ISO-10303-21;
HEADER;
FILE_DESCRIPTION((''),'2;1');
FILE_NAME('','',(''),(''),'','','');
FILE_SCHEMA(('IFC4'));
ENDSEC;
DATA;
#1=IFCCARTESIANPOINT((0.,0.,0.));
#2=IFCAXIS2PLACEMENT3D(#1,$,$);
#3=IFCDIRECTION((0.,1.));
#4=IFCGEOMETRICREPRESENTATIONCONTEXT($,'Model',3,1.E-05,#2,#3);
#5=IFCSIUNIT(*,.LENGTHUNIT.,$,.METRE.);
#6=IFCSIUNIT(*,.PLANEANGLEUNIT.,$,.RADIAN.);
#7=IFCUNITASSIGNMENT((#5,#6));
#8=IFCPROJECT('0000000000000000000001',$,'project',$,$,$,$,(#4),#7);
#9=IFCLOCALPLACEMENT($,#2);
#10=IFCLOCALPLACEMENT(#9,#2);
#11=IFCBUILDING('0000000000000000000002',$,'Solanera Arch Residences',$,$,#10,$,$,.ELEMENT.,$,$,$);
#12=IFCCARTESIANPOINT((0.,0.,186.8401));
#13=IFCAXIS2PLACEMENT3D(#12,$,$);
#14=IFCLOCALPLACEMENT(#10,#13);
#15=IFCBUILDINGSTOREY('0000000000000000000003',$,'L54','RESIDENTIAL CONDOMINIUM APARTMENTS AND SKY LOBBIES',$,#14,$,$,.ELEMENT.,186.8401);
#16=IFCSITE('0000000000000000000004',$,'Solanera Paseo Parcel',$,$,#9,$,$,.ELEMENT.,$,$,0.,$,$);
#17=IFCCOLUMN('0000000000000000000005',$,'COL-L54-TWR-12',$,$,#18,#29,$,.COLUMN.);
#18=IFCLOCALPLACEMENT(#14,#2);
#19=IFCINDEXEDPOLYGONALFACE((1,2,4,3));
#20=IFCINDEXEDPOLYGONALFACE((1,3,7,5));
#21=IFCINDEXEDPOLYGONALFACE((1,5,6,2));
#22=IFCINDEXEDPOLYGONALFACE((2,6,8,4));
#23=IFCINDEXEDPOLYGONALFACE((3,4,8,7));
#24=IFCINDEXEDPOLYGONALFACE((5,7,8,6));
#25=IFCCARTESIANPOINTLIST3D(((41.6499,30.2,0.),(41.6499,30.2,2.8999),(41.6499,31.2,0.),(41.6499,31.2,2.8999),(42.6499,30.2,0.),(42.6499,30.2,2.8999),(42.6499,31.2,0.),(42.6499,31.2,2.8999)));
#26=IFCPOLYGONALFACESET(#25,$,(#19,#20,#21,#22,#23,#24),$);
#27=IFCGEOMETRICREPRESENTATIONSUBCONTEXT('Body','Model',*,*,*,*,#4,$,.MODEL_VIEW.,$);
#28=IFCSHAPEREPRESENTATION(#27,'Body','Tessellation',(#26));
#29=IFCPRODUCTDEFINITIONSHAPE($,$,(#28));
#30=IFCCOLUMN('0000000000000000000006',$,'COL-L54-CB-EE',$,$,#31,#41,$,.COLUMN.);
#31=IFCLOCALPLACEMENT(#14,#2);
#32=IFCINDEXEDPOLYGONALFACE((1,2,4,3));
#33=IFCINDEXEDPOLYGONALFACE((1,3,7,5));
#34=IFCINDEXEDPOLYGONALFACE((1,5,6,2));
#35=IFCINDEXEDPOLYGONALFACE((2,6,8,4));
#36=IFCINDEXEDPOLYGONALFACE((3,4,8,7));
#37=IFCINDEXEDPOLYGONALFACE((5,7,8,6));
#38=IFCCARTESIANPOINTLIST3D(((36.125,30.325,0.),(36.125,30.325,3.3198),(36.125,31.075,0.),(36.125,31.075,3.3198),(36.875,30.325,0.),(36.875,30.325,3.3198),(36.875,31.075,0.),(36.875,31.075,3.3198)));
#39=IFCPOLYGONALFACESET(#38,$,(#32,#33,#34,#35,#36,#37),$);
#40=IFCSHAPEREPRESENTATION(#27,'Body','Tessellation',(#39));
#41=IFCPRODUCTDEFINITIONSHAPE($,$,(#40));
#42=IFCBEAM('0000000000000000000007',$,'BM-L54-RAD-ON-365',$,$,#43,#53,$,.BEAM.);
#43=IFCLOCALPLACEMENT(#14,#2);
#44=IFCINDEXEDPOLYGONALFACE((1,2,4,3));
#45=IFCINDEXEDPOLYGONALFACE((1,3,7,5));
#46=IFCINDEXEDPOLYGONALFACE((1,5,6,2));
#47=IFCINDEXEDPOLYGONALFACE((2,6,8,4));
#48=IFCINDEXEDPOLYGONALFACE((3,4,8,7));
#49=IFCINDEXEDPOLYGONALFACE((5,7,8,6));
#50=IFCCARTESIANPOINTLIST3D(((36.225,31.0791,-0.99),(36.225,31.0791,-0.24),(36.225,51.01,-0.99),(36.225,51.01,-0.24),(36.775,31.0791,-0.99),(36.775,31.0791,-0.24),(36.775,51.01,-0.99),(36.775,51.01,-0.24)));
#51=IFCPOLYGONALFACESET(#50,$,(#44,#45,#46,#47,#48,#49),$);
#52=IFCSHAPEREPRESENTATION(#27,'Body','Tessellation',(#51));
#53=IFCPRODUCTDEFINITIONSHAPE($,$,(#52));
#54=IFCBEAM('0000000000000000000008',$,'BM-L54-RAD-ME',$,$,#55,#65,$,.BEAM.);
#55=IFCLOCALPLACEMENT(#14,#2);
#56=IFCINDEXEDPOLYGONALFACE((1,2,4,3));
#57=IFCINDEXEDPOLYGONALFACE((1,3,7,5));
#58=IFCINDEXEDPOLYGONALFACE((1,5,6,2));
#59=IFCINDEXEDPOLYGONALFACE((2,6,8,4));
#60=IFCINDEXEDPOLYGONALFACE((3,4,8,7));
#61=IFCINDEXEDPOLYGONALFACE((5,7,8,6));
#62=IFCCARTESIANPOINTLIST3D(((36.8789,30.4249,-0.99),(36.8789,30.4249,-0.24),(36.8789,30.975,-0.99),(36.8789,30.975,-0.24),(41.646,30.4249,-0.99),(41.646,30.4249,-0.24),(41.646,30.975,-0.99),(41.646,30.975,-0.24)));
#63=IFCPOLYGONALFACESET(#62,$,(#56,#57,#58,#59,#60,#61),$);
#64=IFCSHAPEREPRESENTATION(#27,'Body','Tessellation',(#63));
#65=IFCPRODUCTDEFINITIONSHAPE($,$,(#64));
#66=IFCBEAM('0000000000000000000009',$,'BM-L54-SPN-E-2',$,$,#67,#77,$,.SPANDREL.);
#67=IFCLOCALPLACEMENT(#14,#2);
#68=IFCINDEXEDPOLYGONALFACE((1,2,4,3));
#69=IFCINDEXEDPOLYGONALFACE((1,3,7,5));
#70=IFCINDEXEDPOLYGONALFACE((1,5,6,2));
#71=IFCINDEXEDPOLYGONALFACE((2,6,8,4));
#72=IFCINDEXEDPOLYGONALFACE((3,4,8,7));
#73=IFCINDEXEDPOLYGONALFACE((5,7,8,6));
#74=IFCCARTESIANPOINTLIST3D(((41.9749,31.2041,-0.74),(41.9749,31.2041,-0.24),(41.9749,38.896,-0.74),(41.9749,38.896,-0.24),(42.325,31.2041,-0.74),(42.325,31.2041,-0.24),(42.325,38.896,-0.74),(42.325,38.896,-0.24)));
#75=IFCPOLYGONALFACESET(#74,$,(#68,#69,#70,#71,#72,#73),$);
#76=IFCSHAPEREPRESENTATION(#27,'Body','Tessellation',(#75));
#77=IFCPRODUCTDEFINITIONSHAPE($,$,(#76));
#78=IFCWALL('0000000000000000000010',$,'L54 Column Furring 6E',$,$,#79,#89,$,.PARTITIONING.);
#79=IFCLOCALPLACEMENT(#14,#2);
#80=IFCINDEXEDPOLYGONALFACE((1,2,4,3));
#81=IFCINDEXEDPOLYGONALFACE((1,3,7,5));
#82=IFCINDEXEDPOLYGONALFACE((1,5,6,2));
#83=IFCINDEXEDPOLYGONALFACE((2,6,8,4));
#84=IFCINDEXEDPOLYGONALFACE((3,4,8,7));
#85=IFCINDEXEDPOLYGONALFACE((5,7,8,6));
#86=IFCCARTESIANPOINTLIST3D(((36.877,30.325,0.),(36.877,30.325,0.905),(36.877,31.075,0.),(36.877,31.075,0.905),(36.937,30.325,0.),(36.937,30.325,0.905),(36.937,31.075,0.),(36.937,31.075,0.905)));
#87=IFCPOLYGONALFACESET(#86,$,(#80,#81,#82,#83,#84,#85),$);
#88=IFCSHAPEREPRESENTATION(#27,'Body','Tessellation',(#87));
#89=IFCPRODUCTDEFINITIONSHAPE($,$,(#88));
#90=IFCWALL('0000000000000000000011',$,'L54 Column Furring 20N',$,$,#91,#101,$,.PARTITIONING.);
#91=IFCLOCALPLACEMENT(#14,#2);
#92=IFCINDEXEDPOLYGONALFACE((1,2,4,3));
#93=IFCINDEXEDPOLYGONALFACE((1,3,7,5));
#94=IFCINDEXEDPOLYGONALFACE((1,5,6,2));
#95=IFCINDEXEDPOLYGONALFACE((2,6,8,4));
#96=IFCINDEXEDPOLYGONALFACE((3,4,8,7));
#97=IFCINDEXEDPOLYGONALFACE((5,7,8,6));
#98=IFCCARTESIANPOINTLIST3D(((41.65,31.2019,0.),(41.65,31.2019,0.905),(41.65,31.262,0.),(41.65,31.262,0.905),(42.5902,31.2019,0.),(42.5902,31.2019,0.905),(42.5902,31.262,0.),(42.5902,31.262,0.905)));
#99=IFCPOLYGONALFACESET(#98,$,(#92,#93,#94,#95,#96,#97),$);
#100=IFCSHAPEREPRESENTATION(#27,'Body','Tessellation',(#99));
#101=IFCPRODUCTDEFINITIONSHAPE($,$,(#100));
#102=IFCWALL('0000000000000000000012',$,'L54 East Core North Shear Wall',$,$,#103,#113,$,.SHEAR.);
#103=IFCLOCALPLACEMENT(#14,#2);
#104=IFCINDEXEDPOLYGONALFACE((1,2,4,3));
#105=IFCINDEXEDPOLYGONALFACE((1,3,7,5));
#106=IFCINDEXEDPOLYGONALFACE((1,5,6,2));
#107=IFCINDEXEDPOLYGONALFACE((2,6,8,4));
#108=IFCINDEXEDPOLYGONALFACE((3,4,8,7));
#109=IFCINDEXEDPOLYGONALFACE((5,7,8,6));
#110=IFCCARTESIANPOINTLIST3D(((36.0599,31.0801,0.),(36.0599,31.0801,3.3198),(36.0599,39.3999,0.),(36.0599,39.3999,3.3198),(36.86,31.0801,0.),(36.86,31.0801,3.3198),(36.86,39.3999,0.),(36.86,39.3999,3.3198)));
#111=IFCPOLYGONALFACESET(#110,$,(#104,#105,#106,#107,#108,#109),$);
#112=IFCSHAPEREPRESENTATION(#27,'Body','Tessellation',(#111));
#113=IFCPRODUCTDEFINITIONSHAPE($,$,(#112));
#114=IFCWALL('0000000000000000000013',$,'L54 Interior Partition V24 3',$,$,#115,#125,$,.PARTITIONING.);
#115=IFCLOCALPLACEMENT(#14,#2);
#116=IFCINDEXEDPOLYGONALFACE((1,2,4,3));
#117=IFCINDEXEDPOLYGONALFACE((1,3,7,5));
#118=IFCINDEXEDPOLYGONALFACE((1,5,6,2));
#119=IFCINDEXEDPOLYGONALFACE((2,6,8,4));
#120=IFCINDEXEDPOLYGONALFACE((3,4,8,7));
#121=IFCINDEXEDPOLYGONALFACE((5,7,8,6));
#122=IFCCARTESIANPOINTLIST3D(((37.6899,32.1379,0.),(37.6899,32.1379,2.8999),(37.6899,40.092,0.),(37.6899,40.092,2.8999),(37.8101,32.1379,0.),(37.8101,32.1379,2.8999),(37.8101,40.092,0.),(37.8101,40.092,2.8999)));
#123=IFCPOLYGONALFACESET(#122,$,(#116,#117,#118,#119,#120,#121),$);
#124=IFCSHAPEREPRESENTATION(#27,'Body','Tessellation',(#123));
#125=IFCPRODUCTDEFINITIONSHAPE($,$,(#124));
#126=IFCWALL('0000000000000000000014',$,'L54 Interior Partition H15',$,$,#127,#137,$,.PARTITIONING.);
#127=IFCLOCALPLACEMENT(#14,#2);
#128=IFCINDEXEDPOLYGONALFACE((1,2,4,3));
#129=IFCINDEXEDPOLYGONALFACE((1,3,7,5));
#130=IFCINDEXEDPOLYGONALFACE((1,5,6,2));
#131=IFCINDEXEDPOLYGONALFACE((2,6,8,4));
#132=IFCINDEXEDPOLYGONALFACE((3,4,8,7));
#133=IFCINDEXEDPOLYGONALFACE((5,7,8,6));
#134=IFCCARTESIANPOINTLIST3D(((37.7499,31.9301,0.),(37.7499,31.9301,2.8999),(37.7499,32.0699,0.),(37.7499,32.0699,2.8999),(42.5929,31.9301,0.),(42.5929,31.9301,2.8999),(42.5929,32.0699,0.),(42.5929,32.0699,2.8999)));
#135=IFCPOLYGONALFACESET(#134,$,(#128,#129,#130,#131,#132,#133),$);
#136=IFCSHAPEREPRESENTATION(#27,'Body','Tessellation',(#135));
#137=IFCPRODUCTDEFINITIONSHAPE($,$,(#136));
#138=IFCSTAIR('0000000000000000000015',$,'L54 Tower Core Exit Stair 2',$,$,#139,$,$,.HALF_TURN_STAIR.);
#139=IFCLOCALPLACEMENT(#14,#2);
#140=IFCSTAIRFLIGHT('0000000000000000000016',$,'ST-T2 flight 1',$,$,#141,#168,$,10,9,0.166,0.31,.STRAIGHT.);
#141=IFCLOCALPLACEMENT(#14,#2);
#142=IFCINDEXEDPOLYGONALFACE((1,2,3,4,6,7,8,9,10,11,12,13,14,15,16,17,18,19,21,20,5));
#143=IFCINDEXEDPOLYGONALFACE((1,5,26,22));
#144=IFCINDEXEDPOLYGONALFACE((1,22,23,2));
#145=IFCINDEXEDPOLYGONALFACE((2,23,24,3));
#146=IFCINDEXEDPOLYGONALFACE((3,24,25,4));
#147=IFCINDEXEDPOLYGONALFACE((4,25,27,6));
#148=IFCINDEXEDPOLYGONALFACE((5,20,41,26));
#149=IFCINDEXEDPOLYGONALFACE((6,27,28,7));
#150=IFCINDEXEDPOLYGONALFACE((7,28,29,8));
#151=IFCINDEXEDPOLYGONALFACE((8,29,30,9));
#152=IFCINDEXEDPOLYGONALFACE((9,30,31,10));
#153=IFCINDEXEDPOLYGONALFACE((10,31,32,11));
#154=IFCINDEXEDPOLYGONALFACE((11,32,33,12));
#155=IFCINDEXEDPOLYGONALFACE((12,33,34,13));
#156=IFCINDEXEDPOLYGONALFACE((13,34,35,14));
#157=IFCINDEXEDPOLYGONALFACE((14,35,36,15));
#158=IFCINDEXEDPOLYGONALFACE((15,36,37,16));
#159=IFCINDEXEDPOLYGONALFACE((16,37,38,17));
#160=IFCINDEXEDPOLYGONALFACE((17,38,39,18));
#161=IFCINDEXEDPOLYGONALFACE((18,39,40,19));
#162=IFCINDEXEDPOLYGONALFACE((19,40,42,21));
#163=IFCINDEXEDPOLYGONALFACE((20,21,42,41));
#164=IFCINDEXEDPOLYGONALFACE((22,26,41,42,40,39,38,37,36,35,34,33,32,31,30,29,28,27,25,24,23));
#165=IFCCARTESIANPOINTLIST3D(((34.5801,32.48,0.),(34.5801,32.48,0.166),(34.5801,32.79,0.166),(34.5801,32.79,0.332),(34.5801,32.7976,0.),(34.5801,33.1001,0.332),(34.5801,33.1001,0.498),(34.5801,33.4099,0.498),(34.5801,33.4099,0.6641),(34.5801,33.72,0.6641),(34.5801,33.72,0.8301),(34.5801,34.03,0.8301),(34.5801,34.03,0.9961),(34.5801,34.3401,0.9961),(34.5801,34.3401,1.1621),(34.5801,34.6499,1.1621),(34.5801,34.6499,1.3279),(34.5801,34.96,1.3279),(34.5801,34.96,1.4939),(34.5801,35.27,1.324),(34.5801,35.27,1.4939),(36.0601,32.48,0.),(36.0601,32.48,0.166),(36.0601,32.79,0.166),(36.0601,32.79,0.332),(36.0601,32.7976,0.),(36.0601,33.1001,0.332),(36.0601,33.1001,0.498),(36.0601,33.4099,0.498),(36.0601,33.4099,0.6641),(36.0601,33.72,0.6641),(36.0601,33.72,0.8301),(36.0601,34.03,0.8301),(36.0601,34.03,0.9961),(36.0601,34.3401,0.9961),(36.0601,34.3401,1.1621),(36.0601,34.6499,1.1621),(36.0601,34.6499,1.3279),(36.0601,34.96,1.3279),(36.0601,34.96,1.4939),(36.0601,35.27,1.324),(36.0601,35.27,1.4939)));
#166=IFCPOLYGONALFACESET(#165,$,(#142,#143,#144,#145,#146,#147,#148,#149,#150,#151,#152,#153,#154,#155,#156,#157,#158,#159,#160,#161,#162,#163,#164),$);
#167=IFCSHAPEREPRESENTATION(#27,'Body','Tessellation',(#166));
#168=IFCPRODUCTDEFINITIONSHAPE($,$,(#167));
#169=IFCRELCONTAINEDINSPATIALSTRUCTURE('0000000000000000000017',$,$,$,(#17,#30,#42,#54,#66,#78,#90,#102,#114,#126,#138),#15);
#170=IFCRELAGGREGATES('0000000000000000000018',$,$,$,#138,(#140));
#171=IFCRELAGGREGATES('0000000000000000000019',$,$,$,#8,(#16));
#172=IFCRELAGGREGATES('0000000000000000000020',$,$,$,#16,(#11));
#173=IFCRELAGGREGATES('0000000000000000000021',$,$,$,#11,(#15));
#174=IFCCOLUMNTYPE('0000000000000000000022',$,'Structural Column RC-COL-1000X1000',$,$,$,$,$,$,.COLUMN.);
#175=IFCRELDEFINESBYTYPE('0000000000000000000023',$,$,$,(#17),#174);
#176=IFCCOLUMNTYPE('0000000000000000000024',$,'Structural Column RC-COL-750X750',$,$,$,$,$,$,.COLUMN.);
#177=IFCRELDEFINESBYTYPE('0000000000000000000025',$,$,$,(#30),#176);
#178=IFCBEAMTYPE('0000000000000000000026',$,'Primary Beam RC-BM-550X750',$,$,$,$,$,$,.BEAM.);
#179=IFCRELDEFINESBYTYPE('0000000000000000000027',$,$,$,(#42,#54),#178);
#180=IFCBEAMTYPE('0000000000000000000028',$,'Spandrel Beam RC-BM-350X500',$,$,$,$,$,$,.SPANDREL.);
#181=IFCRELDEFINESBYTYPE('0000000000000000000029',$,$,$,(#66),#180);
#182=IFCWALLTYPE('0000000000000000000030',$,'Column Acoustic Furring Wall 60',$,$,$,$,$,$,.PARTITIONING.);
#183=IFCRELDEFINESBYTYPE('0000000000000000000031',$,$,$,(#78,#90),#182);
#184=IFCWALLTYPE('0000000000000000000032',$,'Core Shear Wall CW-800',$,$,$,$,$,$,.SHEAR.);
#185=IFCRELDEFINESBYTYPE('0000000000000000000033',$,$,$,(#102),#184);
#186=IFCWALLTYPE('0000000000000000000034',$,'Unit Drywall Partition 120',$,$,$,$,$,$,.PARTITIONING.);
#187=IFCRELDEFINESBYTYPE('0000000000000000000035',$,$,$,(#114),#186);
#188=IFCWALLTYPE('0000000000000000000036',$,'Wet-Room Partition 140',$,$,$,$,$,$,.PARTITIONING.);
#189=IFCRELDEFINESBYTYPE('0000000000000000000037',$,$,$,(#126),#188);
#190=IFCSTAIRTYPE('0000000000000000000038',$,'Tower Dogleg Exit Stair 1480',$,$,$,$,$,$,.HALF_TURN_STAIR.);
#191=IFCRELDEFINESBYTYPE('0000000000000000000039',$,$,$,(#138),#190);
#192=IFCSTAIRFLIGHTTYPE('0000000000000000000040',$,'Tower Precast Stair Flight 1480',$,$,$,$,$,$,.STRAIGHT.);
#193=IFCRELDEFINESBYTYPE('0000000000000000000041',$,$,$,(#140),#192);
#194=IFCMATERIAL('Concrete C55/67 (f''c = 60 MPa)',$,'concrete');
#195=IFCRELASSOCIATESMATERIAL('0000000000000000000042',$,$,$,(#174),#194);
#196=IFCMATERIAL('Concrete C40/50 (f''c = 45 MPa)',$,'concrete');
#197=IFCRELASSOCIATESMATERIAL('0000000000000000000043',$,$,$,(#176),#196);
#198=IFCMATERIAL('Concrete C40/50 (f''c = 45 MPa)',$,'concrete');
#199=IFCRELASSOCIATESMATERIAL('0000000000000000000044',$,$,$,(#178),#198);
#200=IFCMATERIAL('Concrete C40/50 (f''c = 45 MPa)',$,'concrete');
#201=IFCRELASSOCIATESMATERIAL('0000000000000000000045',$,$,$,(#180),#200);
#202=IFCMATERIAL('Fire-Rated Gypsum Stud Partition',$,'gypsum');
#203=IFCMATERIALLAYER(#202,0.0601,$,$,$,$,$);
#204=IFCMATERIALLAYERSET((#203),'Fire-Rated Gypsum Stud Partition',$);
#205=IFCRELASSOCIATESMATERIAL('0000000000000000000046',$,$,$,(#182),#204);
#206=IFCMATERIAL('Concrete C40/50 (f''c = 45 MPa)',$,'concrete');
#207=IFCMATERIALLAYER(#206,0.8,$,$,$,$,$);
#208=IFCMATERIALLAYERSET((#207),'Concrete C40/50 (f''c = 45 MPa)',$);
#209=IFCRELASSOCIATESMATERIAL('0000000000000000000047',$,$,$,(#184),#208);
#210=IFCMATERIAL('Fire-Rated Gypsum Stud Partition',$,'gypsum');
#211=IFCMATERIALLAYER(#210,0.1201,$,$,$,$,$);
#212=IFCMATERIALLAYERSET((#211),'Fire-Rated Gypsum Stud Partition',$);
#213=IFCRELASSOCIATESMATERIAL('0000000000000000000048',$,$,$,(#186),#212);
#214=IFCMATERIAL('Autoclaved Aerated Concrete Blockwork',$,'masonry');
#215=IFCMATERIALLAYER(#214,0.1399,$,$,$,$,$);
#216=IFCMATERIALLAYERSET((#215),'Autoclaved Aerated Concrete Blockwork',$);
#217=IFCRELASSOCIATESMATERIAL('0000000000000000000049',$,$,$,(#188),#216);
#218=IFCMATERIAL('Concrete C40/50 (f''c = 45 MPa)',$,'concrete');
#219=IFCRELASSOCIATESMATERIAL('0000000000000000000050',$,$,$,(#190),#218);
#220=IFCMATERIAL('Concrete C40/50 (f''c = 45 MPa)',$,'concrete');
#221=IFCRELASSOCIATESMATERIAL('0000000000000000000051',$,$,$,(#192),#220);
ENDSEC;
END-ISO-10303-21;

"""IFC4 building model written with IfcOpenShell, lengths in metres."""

from ifc_helpers import new_model, si_unit, direction, frame, frame_2d, origin, origin_2d, place, context, subcontext, project, spatial, polyline, rectangle, outline, extrude, material, layer, layer_set, material_profile, profile_set, type_object, element, aggregate, save


model = new_model("IFC4")

# Units and contexts
model_context = context("Model", 3, precision=1e-05, world=origin(), true_north=direction((0.0, 1.0)))
body_context = subcontext(model_context, "Body", "Model", "MODEL_VIEW")
ifc_project = project(units=[si_unit("LENGTHUNIT", "METRE"), si_unit("PLANEANGLEUNIT", "RADIAN")], contexts=[model_context])

# Site, building, storey
site_placement = place(None, origin())
site = spatial("IfcSite", under=ifc_project, at=site_placement, Name="Solanera Paseo Parcel", CompositionType="ELEMENT", RefElevation=0.0)
building_placement = place(site_placement, origin())
building = spatial("IfcBuilding", under=site, at=building_placement, Name="Solanera Arch Residences", CompositionType="ELEMENT")
storey_placement = place(building_placement, frame((0.0, 0.0, 186.8401)))
storey = spatial("IfcBuildingStorey", under=building, at=storey_placement, Name="L54", Description="RESIDENTIAL CONDOMINIUM APARTMENTS AND SKY LOBBIES", CompositionType="ELEMENT", Elevation=186.8401)

# Columns
ifc_material_1 = material(Name="Concrete C55/67 (f'c = 60 MPa)", Category="concrete")
ifc_material_profile_1 = material_profile(ifc_material_1, rectangle(XDim=1.0, YDim=1.0, at=origin_2d()))
ifc_profile_set_1 = profile_set([ifc_material_profile_1], Name="Concrete C55/67 (f'c = 60 MPa)")
column_type_1 = type_object("IfcColumnType", Name="Structural Column RC-COL-1000X1000", PredefinedType="COLUMN", material=ifc_profile_set_1)
column_1_placement = place(storey_placement, frame((42.1499, 30.7, 0.0), z_axis=(0.0, 0.0, 1.0), x_axis=(1.0, 0.0, 0.0)))
element("IfcColumn", 1, at=column_1_placement, inside=storey, type_object=column_type_1, Name="COL-L54-TWR-12", PredefinedType="COLUMN", context=body_context, shape_type="SweptSolid", body=[
    extrude(rectangle(XDim=1.0, YDim=1.0, at=origin_2d()), origin(), (0.0, 0.0, 1.0), 2.8999),
])
ifc_material_2 = material(Name="Concrete C40/50 (f'c = 45 MPa)", Category="concrete")
ifc_material_profile_2 = material_profile(ifc_material_2, rectangle(XDim=0.75, YDim=0.75, at=origin_2d()))
ifc_profile_set_2 = profile_set([ifc_material_profile_2], Name="Concrete C40/50 (f'c = 45 MPa)")
column_type_2 = type_object("IfcColumnType", Name="Structural Column RC-COL-750X750", PredefinedType="COLUMN", material=ifc_profile_set_2)
column_2_placement = place(storey_placement, frame((36.5, 30.7, 0.0), z_axis=(0.0, 0.0, 1.0), x_axis=(1.0, 0.0, 0.0)))
element("IfcColumn", 2, at=column_2_placement, inside=storey, type_object=column_type_2, Name="COL-L54-CB-EE", PredefinedType="COLUMN", context=body_context, shape_type="SweptSolid", body=[
    extrude(rectangle(XDim=0.75, YDim=0.75, at=origin_2d()), origin(), (0.0, 0.0, 1.0), 3.3198),
])

# Beams
ifc_material_3 = material(Name="Concrete C40/50 (f'c = 45 MPa)", Category="concrete")
ifc_material_profile_3 = material_profile(ifc_material_3, rectangle(XDim=0.55, YDim=0.75, at=origin_2d()))
ifc_profile_set_3 = profile_set([ifc_material_profile_3], Name="Concrete C40/50 (f'c = 45 MPa)")
beam_type_1 = type_object("IfcBeamType", Name="Primary Beam RC-BM-550X750", PredefinedType="BEAM", material=ifc_profile_set_3)
beam_1_placement = place(storey_placement, frame((36.5, 31.0791, -0.615), z_axis=(0.0, 1.0, 0.0), x_axis=(-1.0, 0.0, 0.0)))
element("IfcBeam", 3, at=beam_1_placement, inside=storey, type_object=beam_type_1, Name="BM-L54-RAD-ON-365", PredefinedType="BEAM", context=body_context, shape_type="SweptSolid", body=[
    extrude(rectangle(XDim=0.55, YDim=0.75, at=origin_2d()), origin(), (0.0, 0.0, 1.0), 19.9309),
])
beam_2_placement = place(storey_placement, frame((36.8789, 30.7, -0.615), z_axis=(1.0, 0.0, 0.0), x_axis=(0.0, 1.0, 0.0)))
element("IfcBeam", 4, at=beam_2_placement, inside=storey, type_object=beam_type_1, Name="BM-L54-RAD-ME", PredefinedType="BEAM", context=body_context, shape_type="SweptSolid", body=[
    extrude(rectangle(XDim=0.55, YDim=0.75, at=origin_2d()), origin(), (0.0, 0.0, 1.0), 4.7671),
])
ifc_material_4 = material(Name="Concrete C40/50 (f'c = 45 MPa)", Category="concrete")
ifc_material_profile_4 = material_profile(ifc_material_4, rectangle(XDim=0.3501, YDim=0.5, at=origin_2d()))
ifc_profile_set_4 = profile_set([ifc_material_profile_4], Name="Concrete C40/50 (f'c = 45 MPa)")
beam_type_2 = type_object("IfcBeamType", Name="Spandrel Beam RC-BM-350X500", PredefinedType="SPANDREL", material=ifc_profile_set_4)
beam_3_placement = place(storey_placement, frame((42.1499, 31.2041, -0.49), z_axis=(0.0, 1.0, 0.0), x_axis=(-1.0, 0.0, 0.0)))
element("IfcBeam", 5, at=beam_3_placement, inside=storey, type_object=beam_type_2, Name="BM-L54-SPN-E-2", PredefinedType="SPANDREL", context=body_context, shape_type="SweptSolid", body=[
    extrude(rectangle(XDim=0.3501, YDim=0.5, at=origin_2d()), origin(), (0.0, 0.0, 1.0), 7.6919),
])

# Walls
ifc_material_5 = material(Name="Fire-Rated Gypsum Stud Partition", Category="gypsum")
ifc_layer_1 = layer(ifc_material_5, 0.0601)
ifc_layer_set_1 = layer_set([ifc_layer_1], Name="Fire-Rated Gypsum Stud Partition")
wall_type_1 = type_object("IfcWallType", Name="Column Acoustic Furring Wall 60", PredefinedType="PARTITIONING", material=ifc_layer_set_1)
wall_1_placement = place(storey_placement, frame((36.907, 30.325, 0.0), z_axis=(0.0, 0.0, 1.0), x_axis=(0.0, 1.0, 0.0)))
element("IfcWall", 6, at=wall_1_placement, inside=storey, type_object=wall_type_1, Name="L54 Column Furring 6E", PredefinedType="PARTITIONING", context=body_context, shape_type="SweptSolid", body=[
    extrude(rectangle(XDim=0.75, YDim=0.0601, at=frame_2d((0.375, 0.0))), origin(), (0.0, 0.0, 1.0), 0.905),
])
wall_2_placement = place(storey_placement, frame((41.6499, 31.2319, 0.0), z_axis=(0.0, 0.0, 1.0), x_axis=(1.0, 0.0, 0.0)))
element("IfcWall", 7, at=wall_2_placement, inside=storey, type_object=wall_type_1, Name="L54 Column Furring 20N", PredefinedType="PARTITIONING", context=body_context, shape_type="SweptSolid", body=[
    extrude(rectangle(XDim=0.9402, YDim=0.0601, at=frame_2d((0.4702, 0.0))), origin(), (0.0, 0.0, 1.0), 0.905),
])
ifc_material_6 = material(Name="Concrete C40/50 (f'c = 45 MPa)", Category="concrete")
ifc_layer_2 = layer(ifc_material_6, 0.8)
ifc_layer_set_2 = layer_set([ifc_layer_2], Name="Concrete C40/50 (f'c = 45 MPa)")
wall_type_2 = type_object("IfcWallType", Name="Core Shear Wall CW-800", PredefinedType="SHEAR", material=ifc_layer_set_2)
wall_3_placement = place(storey_placement, frame((36.46, 31.0801, 0.0), z_axis=(0.0, 0.0, 1.0), x_axis=(0.0, 1.0, 0.0)))
element("IfcWall", 8, at=wall_3_placement, inside=storey, type_object=wall_type_2, Name="L54 East Core North Shear Wall", PredefinedType="SHEAR", context=body_context, shape_type="SweptSolid", body=[
    extrude(rectangle(XDim=8.3198, YDim=0.8, at=frame_2d((4.1599, 0.0))), origin(), (0.0, 0.0, 1.0), 3.3198),
])
ifc_material_7 = material(Name="Fire-Rated Gypsum Stud Partition", Category="gypsum")
ifc_layer_3 = layer(ifc_material_7, 0.1201)
ifc_layer_set_3 = layer_set([ifc_layer_3], Name="Fire-Rated Gypsum Stud Partition")
wall_type_3 = type_object("IfcWallType", Name="Unit Drywall Partition 120", PredefinedType="PARTITIONING", material=ifc_layer_set_3)
wall_4_placement = place(storey_placement, frame((37.75, 32.1379, 0.0), z_axis=(0.0, 0.0, 1.0), x_axis=(0.0, 1.0, 0.0)))
element("IfcWall", 9, at=wall_4_placement, inside=storey, type_object=wall_type_3, Name="L54 Interior Partition V24 3", PredefinedType="PARTITIONING", context=body_context, shape_type="SweptSolid", body=[
    extrude(rectangle(XDim=7.9541, YDim=0.1201, at=frame_2d((3.9771, 0.0))), origin(), (0.0, 0.0, 1.0), 2.8999),
])
ifc_material_8 = material(Name="Autoclaved Aerated Concrete Blockwork", Category="masonry")
ifc_layer_4 = layer(ifc_material_8, 0.1399)
ifc_layer_set_4 = layer_set([ifc_layer_4], Name="Autoclaved Aerated Concrete Blockwork")
wall_type_4 = type_object("IfcWallType", Name="Wet-Room Partition 140", PredefinedType="PARTITIONING", material=ifc_layer_set_4)
wall_5_placement = place(storey_placement, frame((37.75, 32.0, 0.0), z_axis=(0.0, 0.0, 1.0), x_axis=(1.0, 0.0, 0.0)))
element("IfcWall", 10, at=wall_5_placement, inside=storey, type_object=wall_type_4, Name="L54 Interior Partition H15", PredefinedType="PARTITIONING", context=body_context, shape_type="SweptSolid", body=[
    extrude(rectangle(XDim=4.843, YDim=0.1399, at=frame_2d((2.4214, 0.0))), origin(), (0.0, 0.0, 1.0), 2.8999),
])

# Stair, stair flight
ifc_material_9 = material(Name="Concrete C40/50 (f'c = 45 MPa)", Category="concrete")
stair_type = type_object("IfcStairType", Name="Tower Dogleg Exit Stair 1480", PredefinedType="HALF_TURN_STAIR", material=ifc_material_9)
stair_placement = place(storey_placement, origin())
stair = element("IfcStair", 11, at=stair_placement, inside=storey, type_object=stair_type, Name="L54 Tower Core Exit Stair 2", PredefinedType="HALF_TURN_STAIR")
ifc_material_10 = material(Name="Concrete C40/50 (f'c = 45 MPa)", Category="concrete")
stair_flight_type = type_object("IfcStairFlightType", Name="Tower Precast Stair Flight 1480", PredefinedType="STRAIGHT", material=ifc_material_10)
stair_flight_1_placement = place(storey_placement, frame((35.3201, 32.48, 0.0), z_axis=(0.0, 0.0, 1.0), x_axis=(0.0, 1.0, 0.0)))
stair_flight_1 = element("IfcStairFlight", 12, at=stair_flight_1_placement, type_object=stair_flight_type, Name="ST-T2 flight 1", NumberOfRisers=10, NumberOfTreads=9, PredefinedType="STRAIGHT", RiserHeight=0.166, TreadLength=0.31, context=body_context, shape_type="SweptSolid", body=[
    extrude(outline(polyline([(0.0, 0.0), (0.0, 0.166), (0.3101, 0.166), (0.3101, 0.332), (0.6201, 0.332), (0.6201, 0.498), (0.9299, 0.498), (0.9299, 0.6641), (1.24, 0.6641), (1.24, 0.8301), (1.55, 0.8301), (1.55, 0.9961), (1.8601, 0.9961), (1.8601, 1.1621), (2.1699, 1.1621), (2.1699, 1.3279), (2.48, 1.3279), (2.48, 1.4939), (2.79, 1.4939), (2.79, 1.6599), (2.79, 1.324), (0.3176, 0.0), (0.0, 0.0)])), frame((0.0, 0.74, 0.0), z_axis=(0.0, -1.0, 0.0), x_axis=(1.0, 0.0, 0.0)), (0.0, 0.0, 1.0), 1.48),
])
aggregate(stair, [stair_flight_1])

save(model, "model.ifc")
